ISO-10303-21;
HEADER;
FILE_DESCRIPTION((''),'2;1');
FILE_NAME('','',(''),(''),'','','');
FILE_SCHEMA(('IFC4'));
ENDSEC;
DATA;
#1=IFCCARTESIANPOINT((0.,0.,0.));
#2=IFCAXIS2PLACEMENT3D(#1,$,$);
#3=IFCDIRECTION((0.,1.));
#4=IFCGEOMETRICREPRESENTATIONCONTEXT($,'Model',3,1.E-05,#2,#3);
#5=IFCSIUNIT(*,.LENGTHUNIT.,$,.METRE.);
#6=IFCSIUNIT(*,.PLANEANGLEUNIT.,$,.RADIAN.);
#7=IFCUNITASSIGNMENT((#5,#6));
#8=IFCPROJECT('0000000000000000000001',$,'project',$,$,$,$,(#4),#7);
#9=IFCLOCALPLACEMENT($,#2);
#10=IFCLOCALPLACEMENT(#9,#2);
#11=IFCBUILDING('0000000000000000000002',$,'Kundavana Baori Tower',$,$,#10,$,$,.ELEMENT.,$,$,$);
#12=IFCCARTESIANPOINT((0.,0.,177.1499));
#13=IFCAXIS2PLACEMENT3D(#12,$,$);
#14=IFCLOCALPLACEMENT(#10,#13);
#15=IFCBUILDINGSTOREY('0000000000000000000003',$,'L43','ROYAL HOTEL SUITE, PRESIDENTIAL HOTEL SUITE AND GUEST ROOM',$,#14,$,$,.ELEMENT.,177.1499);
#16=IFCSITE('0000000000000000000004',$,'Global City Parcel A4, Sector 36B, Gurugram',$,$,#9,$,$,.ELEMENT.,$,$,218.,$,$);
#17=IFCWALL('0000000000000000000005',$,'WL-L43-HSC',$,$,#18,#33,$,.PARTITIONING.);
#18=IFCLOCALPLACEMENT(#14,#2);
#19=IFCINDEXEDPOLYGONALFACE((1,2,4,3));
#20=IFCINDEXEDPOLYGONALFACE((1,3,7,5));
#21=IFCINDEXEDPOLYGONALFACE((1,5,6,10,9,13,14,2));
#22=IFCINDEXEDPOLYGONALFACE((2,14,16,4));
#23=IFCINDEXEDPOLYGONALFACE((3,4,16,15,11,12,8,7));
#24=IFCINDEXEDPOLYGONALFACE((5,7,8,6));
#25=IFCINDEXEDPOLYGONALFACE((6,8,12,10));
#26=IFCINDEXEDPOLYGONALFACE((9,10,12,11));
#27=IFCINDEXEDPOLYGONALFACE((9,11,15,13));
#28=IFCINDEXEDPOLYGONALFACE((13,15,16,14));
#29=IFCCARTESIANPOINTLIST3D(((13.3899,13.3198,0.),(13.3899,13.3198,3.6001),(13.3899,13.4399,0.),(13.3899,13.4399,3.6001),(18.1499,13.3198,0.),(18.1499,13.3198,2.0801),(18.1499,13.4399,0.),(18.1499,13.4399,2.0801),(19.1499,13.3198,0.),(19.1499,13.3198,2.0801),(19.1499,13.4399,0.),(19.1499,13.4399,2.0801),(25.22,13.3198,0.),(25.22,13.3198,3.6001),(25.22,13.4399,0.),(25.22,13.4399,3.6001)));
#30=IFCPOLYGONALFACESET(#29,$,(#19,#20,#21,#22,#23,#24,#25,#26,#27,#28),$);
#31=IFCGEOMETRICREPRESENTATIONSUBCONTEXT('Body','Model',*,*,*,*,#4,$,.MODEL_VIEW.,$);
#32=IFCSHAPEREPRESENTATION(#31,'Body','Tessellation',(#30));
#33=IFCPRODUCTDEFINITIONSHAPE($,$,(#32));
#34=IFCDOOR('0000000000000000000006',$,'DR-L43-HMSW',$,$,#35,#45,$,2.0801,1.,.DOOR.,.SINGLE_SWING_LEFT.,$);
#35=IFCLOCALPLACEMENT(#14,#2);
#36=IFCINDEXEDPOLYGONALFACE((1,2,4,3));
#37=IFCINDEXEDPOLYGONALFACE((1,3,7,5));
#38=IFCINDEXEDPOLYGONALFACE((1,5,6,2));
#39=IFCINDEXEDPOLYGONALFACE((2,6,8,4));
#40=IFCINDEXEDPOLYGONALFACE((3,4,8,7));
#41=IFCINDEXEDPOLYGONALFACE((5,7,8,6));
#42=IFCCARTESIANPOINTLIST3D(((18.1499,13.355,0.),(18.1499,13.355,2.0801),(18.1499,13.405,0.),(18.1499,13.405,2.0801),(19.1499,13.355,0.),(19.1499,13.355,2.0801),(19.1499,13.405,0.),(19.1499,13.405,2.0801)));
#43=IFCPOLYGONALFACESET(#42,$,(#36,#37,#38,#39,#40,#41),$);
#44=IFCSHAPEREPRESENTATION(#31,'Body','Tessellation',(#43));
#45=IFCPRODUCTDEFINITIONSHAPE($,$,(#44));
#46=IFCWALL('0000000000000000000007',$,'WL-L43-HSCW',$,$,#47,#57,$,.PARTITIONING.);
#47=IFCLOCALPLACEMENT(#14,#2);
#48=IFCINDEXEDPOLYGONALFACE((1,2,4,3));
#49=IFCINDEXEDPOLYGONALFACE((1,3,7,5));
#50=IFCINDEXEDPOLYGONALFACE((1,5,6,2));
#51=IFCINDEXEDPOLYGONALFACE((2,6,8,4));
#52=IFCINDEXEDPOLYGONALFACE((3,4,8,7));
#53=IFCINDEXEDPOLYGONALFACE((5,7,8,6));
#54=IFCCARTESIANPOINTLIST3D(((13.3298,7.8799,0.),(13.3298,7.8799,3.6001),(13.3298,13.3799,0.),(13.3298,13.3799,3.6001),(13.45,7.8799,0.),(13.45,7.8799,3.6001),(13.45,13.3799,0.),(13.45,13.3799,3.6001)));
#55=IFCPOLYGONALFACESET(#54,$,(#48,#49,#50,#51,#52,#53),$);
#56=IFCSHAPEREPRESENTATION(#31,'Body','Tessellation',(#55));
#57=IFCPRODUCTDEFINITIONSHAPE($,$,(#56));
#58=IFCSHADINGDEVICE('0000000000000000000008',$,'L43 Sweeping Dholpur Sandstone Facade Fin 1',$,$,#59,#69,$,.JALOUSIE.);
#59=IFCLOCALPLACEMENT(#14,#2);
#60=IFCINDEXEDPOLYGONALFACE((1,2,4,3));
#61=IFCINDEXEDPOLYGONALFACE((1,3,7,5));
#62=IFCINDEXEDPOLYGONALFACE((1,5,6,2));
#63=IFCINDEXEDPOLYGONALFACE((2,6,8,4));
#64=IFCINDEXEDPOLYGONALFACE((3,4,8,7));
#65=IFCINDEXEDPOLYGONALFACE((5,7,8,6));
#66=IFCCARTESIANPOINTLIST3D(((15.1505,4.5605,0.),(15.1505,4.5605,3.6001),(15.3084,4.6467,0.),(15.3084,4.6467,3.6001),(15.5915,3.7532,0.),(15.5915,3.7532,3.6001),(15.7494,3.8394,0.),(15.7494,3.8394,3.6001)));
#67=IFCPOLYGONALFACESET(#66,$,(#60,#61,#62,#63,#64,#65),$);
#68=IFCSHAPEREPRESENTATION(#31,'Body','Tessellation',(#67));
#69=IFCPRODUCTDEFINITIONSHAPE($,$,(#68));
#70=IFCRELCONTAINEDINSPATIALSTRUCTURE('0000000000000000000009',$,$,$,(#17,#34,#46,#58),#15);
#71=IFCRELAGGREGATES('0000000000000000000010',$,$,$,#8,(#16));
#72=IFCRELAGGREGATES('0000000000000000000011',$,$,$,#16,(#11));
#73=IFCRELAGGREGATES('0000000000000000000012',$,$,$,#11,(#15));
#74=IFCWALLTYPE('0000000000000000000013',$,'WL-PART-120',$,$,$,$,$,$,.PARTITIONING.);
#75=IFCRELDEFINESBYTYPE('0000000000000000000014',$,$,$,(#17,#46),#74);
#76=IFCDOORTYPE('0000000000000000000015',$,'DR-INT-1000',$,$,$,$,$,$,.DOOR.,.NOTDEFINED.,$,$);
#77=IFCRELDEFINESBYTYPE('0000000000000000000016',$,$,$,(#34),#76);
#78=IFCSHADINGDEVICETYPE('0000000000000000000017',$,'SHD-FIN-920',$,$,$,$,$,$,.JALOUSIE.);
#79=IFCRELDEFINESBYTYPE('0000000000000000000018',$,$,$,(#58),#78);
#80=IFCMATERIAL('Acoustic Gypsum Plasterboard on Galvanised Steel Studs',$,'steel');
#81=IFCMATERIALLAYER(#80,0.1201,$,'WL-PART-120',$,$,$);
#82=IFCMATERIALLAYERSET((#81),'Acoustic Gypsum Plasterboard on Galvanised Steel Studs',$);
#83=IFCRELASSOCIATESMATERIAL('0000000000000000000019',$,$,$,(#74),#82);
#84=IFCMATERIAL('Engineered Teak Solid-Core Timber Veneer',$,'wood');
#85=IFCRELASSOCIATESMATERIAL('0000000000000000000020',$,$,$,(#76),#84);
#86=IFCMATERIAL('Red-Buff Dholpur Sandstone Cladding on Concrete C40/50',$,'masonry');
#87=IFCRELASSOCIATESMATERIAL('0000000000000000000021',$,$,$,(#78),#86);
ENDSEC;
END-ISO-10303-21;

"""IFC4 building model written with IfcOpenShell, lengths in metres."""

from ifc_helpers import new_model, si_unit, direction, frame, frame_2d, origin, origin_2d, place, context, subcontext, project, spatial, rectangle, extrude, material, layer, layer_set, type_object, element, fill, save


model = new_model("IFC4")

# Units and contexts
model_context = context("Model", 3, precision=1e-05, world=origin(), true_north=direction((0.0, 1.0)))
body_context = subcontext(model_context, "Body", "Model", "MODEL_VIEW")
ifc_project = project(units=[si_unit("LENGTHUNIT", "METRE"), si_unit("PLANEANGLEUNIT", "RADIAN")], contexts=[model_context])

# Site, building, storey
site_placement = place(None, origin())
site = spatial("IfcSite", under=ifc_project, at=site_placement, Name="Global City Parcel A4, Sector 36B, Gurugram", CompositionType="ELEMENT", RefElevation=218.0)
building_placement = place(site_placement, origin())
building = spatial("IfcBuilding", under=site, at=building_placement, Name="Kundavana Baori Tower", CompositionType="ELEMENT")
storey_placement = place(building_placement, frame((0.0, 0.0, 177.1499)))
storey = spatial("IfcBuildingStorey", under=building, at=storey_placement, Name="L43", Description="ROYAL HOTEL SUITE, PRESIDENTIAL HOTEL SUITE AND GUEST ROOM", CompositionType="ELEMENT", Elevation=177.1499)

# Shared definitions
ifc_material_1 = material(Name="Acoustic Gypsum Plasterboard on Galvanised Steel Studs", Category="steel")
ifc_layer_1 = layer(ifc_material_1, 0.1201, Name="WL-PART-120")
ifc_layer_set_1 = layer_set([ifc_layer_1], Name="Acoustic Gypsum Plasterboard on Galvanised Steel Studs")
wall_type_1 = type_object("IfcWallType", Name="WL-PART-120", PredefinedType="PARTITIONING", material=ifc_layer_set_1)

# Wall, opening, door
wall_1_placement = place(storey_placement, frame((13.3899, 13.3799, 0.0), z_axis=(0.0, 0.0, 1.0), x_axis=(1.0, 0.0, 0.0)))
wall_1 = element("IfcWall", 1, at=wall_1_placement, inside=storey, type_object=wall_type_1, Name="WL-L43-HSC", PredefinedType="PARTITIONING", context=body_context, shape_type="SweptSolid", body=[
    extrude(rectangle(XDim=11.8301, YDim=0.1201, at=frame_2d((5.915, 0.0))), origin(), (0.0, 0.0, 1.0), 3.6001),
])
opening_1_placement = place(wall_1_placement, frame((4.76, 0.0, 0.0)))
opening_1 = element("IfcOpeningElement", 2, at=opening_1_placement, cuts=wall_1, PredefinedType="OPENING", context=body_context, shape_type="SweptSolid", body=[
    extrude(rectangle(XDim=1.0, YDim=2.0801, at=frame_2d((0.5, 1.04))), frame((0.0, 0.0701, 0.0), z_axis=(0.0, -1.0, 0.0), x_axis=(1.0, 0.0, 0.0)), (0.0, 0.0, 1.0), 0.1401),
])
ifc_material_2 = material(Name="Engineered Teak Solid-Core Timber Veneer", Category="wood")
door_type_1 = type_object("IfcDoorType", Name="DR-INT-1000", OperationType="NOTDEFINED", PredefinedType="DOOR", material=ifc_material_2)
door_1_placement = place(opening_1_placement, frame((1.0, 0.0, 0.0), z_axis=(0.0, 0.0, 1.0), x_axis=(-1.0, 0.0, 0.0)))
door_1 = element("IfcDoor", 3, at=door_1_placement, inside=storey, type_object=door_type_1, Name="DR-L43-HMSW", OperationType="SINGLE_SWING_LEFT", OverallHeight=2.0801, OverallWidth=1.0, PredefinedType="DOOR", context=body_context, shape_type="SweptSolid", body=[
    extrude(rectangle(XDim=1.0, YDim=2.0801, at=frame_2d((0.5, 1.04))), frame((0.0, 0.0249, 0.0), z_axis=(0.0, -1.0, 0.0), x_axis=(1.0, 0.0, 0.0)), (0.0, 0.0, 1.0), 0.05),
])
fill(opening_1, door_1)

# Wall
wall_2_placement = place(storey_placement, frame((13.3899, 7.8799, 0.0), z_axis=(0.0, 0.0, 1.0), x_axis=(0.0, 1.0, 0.0)))
element("IfcWall", 4, at=wall_2_placement, inside=storey, type_object=wall_type_1, Name="WL-L43-HSCW", PredefinedType="PARTITIONING", context=body_context, shape_type="SweptSolid", body=[
    extrude(rectangle(XDim=5.5, YDim=0.1201, at=frame_2d((2.75, 0.0))), origin(), (0.0, 0.0, 1.0), 3.6001),
])

# Shading device
ifc_material_3 = material(Name="Red-Buff Dholpur Sandstone Cladding on Concrete C40/50", Category="masonry")
shading_device_type = type_object("IfcShadingDeviceType", Name="SHD-FIN-920", PredefinedType="JALOUSIE", material=ifc_material_3)
shading_device_placement = place(storey_placement, frame((15.45, 4.2, 0.0), z_axis=(0.0, 0.0, 1.0), x_axis=(0.877565, 0.479458, 0.0)))
element("IfcShadingDevice", 5, at=shading_device_placement, inside=storey, type_object=shading_device_type, Name="L43 Sweeping Dholpur Sandstone Facade Fin 1", PredefinedType="JALOUSIE", context=body_context, shape_type="SweptSolid", body=[
    extrude(rectangle(XDim=0.1799, YDim=0.9199, at=origin_2d()), origin(), (0.0, 0.0, 1.0), 3.6001),
])

save(model, "model.ifc")
